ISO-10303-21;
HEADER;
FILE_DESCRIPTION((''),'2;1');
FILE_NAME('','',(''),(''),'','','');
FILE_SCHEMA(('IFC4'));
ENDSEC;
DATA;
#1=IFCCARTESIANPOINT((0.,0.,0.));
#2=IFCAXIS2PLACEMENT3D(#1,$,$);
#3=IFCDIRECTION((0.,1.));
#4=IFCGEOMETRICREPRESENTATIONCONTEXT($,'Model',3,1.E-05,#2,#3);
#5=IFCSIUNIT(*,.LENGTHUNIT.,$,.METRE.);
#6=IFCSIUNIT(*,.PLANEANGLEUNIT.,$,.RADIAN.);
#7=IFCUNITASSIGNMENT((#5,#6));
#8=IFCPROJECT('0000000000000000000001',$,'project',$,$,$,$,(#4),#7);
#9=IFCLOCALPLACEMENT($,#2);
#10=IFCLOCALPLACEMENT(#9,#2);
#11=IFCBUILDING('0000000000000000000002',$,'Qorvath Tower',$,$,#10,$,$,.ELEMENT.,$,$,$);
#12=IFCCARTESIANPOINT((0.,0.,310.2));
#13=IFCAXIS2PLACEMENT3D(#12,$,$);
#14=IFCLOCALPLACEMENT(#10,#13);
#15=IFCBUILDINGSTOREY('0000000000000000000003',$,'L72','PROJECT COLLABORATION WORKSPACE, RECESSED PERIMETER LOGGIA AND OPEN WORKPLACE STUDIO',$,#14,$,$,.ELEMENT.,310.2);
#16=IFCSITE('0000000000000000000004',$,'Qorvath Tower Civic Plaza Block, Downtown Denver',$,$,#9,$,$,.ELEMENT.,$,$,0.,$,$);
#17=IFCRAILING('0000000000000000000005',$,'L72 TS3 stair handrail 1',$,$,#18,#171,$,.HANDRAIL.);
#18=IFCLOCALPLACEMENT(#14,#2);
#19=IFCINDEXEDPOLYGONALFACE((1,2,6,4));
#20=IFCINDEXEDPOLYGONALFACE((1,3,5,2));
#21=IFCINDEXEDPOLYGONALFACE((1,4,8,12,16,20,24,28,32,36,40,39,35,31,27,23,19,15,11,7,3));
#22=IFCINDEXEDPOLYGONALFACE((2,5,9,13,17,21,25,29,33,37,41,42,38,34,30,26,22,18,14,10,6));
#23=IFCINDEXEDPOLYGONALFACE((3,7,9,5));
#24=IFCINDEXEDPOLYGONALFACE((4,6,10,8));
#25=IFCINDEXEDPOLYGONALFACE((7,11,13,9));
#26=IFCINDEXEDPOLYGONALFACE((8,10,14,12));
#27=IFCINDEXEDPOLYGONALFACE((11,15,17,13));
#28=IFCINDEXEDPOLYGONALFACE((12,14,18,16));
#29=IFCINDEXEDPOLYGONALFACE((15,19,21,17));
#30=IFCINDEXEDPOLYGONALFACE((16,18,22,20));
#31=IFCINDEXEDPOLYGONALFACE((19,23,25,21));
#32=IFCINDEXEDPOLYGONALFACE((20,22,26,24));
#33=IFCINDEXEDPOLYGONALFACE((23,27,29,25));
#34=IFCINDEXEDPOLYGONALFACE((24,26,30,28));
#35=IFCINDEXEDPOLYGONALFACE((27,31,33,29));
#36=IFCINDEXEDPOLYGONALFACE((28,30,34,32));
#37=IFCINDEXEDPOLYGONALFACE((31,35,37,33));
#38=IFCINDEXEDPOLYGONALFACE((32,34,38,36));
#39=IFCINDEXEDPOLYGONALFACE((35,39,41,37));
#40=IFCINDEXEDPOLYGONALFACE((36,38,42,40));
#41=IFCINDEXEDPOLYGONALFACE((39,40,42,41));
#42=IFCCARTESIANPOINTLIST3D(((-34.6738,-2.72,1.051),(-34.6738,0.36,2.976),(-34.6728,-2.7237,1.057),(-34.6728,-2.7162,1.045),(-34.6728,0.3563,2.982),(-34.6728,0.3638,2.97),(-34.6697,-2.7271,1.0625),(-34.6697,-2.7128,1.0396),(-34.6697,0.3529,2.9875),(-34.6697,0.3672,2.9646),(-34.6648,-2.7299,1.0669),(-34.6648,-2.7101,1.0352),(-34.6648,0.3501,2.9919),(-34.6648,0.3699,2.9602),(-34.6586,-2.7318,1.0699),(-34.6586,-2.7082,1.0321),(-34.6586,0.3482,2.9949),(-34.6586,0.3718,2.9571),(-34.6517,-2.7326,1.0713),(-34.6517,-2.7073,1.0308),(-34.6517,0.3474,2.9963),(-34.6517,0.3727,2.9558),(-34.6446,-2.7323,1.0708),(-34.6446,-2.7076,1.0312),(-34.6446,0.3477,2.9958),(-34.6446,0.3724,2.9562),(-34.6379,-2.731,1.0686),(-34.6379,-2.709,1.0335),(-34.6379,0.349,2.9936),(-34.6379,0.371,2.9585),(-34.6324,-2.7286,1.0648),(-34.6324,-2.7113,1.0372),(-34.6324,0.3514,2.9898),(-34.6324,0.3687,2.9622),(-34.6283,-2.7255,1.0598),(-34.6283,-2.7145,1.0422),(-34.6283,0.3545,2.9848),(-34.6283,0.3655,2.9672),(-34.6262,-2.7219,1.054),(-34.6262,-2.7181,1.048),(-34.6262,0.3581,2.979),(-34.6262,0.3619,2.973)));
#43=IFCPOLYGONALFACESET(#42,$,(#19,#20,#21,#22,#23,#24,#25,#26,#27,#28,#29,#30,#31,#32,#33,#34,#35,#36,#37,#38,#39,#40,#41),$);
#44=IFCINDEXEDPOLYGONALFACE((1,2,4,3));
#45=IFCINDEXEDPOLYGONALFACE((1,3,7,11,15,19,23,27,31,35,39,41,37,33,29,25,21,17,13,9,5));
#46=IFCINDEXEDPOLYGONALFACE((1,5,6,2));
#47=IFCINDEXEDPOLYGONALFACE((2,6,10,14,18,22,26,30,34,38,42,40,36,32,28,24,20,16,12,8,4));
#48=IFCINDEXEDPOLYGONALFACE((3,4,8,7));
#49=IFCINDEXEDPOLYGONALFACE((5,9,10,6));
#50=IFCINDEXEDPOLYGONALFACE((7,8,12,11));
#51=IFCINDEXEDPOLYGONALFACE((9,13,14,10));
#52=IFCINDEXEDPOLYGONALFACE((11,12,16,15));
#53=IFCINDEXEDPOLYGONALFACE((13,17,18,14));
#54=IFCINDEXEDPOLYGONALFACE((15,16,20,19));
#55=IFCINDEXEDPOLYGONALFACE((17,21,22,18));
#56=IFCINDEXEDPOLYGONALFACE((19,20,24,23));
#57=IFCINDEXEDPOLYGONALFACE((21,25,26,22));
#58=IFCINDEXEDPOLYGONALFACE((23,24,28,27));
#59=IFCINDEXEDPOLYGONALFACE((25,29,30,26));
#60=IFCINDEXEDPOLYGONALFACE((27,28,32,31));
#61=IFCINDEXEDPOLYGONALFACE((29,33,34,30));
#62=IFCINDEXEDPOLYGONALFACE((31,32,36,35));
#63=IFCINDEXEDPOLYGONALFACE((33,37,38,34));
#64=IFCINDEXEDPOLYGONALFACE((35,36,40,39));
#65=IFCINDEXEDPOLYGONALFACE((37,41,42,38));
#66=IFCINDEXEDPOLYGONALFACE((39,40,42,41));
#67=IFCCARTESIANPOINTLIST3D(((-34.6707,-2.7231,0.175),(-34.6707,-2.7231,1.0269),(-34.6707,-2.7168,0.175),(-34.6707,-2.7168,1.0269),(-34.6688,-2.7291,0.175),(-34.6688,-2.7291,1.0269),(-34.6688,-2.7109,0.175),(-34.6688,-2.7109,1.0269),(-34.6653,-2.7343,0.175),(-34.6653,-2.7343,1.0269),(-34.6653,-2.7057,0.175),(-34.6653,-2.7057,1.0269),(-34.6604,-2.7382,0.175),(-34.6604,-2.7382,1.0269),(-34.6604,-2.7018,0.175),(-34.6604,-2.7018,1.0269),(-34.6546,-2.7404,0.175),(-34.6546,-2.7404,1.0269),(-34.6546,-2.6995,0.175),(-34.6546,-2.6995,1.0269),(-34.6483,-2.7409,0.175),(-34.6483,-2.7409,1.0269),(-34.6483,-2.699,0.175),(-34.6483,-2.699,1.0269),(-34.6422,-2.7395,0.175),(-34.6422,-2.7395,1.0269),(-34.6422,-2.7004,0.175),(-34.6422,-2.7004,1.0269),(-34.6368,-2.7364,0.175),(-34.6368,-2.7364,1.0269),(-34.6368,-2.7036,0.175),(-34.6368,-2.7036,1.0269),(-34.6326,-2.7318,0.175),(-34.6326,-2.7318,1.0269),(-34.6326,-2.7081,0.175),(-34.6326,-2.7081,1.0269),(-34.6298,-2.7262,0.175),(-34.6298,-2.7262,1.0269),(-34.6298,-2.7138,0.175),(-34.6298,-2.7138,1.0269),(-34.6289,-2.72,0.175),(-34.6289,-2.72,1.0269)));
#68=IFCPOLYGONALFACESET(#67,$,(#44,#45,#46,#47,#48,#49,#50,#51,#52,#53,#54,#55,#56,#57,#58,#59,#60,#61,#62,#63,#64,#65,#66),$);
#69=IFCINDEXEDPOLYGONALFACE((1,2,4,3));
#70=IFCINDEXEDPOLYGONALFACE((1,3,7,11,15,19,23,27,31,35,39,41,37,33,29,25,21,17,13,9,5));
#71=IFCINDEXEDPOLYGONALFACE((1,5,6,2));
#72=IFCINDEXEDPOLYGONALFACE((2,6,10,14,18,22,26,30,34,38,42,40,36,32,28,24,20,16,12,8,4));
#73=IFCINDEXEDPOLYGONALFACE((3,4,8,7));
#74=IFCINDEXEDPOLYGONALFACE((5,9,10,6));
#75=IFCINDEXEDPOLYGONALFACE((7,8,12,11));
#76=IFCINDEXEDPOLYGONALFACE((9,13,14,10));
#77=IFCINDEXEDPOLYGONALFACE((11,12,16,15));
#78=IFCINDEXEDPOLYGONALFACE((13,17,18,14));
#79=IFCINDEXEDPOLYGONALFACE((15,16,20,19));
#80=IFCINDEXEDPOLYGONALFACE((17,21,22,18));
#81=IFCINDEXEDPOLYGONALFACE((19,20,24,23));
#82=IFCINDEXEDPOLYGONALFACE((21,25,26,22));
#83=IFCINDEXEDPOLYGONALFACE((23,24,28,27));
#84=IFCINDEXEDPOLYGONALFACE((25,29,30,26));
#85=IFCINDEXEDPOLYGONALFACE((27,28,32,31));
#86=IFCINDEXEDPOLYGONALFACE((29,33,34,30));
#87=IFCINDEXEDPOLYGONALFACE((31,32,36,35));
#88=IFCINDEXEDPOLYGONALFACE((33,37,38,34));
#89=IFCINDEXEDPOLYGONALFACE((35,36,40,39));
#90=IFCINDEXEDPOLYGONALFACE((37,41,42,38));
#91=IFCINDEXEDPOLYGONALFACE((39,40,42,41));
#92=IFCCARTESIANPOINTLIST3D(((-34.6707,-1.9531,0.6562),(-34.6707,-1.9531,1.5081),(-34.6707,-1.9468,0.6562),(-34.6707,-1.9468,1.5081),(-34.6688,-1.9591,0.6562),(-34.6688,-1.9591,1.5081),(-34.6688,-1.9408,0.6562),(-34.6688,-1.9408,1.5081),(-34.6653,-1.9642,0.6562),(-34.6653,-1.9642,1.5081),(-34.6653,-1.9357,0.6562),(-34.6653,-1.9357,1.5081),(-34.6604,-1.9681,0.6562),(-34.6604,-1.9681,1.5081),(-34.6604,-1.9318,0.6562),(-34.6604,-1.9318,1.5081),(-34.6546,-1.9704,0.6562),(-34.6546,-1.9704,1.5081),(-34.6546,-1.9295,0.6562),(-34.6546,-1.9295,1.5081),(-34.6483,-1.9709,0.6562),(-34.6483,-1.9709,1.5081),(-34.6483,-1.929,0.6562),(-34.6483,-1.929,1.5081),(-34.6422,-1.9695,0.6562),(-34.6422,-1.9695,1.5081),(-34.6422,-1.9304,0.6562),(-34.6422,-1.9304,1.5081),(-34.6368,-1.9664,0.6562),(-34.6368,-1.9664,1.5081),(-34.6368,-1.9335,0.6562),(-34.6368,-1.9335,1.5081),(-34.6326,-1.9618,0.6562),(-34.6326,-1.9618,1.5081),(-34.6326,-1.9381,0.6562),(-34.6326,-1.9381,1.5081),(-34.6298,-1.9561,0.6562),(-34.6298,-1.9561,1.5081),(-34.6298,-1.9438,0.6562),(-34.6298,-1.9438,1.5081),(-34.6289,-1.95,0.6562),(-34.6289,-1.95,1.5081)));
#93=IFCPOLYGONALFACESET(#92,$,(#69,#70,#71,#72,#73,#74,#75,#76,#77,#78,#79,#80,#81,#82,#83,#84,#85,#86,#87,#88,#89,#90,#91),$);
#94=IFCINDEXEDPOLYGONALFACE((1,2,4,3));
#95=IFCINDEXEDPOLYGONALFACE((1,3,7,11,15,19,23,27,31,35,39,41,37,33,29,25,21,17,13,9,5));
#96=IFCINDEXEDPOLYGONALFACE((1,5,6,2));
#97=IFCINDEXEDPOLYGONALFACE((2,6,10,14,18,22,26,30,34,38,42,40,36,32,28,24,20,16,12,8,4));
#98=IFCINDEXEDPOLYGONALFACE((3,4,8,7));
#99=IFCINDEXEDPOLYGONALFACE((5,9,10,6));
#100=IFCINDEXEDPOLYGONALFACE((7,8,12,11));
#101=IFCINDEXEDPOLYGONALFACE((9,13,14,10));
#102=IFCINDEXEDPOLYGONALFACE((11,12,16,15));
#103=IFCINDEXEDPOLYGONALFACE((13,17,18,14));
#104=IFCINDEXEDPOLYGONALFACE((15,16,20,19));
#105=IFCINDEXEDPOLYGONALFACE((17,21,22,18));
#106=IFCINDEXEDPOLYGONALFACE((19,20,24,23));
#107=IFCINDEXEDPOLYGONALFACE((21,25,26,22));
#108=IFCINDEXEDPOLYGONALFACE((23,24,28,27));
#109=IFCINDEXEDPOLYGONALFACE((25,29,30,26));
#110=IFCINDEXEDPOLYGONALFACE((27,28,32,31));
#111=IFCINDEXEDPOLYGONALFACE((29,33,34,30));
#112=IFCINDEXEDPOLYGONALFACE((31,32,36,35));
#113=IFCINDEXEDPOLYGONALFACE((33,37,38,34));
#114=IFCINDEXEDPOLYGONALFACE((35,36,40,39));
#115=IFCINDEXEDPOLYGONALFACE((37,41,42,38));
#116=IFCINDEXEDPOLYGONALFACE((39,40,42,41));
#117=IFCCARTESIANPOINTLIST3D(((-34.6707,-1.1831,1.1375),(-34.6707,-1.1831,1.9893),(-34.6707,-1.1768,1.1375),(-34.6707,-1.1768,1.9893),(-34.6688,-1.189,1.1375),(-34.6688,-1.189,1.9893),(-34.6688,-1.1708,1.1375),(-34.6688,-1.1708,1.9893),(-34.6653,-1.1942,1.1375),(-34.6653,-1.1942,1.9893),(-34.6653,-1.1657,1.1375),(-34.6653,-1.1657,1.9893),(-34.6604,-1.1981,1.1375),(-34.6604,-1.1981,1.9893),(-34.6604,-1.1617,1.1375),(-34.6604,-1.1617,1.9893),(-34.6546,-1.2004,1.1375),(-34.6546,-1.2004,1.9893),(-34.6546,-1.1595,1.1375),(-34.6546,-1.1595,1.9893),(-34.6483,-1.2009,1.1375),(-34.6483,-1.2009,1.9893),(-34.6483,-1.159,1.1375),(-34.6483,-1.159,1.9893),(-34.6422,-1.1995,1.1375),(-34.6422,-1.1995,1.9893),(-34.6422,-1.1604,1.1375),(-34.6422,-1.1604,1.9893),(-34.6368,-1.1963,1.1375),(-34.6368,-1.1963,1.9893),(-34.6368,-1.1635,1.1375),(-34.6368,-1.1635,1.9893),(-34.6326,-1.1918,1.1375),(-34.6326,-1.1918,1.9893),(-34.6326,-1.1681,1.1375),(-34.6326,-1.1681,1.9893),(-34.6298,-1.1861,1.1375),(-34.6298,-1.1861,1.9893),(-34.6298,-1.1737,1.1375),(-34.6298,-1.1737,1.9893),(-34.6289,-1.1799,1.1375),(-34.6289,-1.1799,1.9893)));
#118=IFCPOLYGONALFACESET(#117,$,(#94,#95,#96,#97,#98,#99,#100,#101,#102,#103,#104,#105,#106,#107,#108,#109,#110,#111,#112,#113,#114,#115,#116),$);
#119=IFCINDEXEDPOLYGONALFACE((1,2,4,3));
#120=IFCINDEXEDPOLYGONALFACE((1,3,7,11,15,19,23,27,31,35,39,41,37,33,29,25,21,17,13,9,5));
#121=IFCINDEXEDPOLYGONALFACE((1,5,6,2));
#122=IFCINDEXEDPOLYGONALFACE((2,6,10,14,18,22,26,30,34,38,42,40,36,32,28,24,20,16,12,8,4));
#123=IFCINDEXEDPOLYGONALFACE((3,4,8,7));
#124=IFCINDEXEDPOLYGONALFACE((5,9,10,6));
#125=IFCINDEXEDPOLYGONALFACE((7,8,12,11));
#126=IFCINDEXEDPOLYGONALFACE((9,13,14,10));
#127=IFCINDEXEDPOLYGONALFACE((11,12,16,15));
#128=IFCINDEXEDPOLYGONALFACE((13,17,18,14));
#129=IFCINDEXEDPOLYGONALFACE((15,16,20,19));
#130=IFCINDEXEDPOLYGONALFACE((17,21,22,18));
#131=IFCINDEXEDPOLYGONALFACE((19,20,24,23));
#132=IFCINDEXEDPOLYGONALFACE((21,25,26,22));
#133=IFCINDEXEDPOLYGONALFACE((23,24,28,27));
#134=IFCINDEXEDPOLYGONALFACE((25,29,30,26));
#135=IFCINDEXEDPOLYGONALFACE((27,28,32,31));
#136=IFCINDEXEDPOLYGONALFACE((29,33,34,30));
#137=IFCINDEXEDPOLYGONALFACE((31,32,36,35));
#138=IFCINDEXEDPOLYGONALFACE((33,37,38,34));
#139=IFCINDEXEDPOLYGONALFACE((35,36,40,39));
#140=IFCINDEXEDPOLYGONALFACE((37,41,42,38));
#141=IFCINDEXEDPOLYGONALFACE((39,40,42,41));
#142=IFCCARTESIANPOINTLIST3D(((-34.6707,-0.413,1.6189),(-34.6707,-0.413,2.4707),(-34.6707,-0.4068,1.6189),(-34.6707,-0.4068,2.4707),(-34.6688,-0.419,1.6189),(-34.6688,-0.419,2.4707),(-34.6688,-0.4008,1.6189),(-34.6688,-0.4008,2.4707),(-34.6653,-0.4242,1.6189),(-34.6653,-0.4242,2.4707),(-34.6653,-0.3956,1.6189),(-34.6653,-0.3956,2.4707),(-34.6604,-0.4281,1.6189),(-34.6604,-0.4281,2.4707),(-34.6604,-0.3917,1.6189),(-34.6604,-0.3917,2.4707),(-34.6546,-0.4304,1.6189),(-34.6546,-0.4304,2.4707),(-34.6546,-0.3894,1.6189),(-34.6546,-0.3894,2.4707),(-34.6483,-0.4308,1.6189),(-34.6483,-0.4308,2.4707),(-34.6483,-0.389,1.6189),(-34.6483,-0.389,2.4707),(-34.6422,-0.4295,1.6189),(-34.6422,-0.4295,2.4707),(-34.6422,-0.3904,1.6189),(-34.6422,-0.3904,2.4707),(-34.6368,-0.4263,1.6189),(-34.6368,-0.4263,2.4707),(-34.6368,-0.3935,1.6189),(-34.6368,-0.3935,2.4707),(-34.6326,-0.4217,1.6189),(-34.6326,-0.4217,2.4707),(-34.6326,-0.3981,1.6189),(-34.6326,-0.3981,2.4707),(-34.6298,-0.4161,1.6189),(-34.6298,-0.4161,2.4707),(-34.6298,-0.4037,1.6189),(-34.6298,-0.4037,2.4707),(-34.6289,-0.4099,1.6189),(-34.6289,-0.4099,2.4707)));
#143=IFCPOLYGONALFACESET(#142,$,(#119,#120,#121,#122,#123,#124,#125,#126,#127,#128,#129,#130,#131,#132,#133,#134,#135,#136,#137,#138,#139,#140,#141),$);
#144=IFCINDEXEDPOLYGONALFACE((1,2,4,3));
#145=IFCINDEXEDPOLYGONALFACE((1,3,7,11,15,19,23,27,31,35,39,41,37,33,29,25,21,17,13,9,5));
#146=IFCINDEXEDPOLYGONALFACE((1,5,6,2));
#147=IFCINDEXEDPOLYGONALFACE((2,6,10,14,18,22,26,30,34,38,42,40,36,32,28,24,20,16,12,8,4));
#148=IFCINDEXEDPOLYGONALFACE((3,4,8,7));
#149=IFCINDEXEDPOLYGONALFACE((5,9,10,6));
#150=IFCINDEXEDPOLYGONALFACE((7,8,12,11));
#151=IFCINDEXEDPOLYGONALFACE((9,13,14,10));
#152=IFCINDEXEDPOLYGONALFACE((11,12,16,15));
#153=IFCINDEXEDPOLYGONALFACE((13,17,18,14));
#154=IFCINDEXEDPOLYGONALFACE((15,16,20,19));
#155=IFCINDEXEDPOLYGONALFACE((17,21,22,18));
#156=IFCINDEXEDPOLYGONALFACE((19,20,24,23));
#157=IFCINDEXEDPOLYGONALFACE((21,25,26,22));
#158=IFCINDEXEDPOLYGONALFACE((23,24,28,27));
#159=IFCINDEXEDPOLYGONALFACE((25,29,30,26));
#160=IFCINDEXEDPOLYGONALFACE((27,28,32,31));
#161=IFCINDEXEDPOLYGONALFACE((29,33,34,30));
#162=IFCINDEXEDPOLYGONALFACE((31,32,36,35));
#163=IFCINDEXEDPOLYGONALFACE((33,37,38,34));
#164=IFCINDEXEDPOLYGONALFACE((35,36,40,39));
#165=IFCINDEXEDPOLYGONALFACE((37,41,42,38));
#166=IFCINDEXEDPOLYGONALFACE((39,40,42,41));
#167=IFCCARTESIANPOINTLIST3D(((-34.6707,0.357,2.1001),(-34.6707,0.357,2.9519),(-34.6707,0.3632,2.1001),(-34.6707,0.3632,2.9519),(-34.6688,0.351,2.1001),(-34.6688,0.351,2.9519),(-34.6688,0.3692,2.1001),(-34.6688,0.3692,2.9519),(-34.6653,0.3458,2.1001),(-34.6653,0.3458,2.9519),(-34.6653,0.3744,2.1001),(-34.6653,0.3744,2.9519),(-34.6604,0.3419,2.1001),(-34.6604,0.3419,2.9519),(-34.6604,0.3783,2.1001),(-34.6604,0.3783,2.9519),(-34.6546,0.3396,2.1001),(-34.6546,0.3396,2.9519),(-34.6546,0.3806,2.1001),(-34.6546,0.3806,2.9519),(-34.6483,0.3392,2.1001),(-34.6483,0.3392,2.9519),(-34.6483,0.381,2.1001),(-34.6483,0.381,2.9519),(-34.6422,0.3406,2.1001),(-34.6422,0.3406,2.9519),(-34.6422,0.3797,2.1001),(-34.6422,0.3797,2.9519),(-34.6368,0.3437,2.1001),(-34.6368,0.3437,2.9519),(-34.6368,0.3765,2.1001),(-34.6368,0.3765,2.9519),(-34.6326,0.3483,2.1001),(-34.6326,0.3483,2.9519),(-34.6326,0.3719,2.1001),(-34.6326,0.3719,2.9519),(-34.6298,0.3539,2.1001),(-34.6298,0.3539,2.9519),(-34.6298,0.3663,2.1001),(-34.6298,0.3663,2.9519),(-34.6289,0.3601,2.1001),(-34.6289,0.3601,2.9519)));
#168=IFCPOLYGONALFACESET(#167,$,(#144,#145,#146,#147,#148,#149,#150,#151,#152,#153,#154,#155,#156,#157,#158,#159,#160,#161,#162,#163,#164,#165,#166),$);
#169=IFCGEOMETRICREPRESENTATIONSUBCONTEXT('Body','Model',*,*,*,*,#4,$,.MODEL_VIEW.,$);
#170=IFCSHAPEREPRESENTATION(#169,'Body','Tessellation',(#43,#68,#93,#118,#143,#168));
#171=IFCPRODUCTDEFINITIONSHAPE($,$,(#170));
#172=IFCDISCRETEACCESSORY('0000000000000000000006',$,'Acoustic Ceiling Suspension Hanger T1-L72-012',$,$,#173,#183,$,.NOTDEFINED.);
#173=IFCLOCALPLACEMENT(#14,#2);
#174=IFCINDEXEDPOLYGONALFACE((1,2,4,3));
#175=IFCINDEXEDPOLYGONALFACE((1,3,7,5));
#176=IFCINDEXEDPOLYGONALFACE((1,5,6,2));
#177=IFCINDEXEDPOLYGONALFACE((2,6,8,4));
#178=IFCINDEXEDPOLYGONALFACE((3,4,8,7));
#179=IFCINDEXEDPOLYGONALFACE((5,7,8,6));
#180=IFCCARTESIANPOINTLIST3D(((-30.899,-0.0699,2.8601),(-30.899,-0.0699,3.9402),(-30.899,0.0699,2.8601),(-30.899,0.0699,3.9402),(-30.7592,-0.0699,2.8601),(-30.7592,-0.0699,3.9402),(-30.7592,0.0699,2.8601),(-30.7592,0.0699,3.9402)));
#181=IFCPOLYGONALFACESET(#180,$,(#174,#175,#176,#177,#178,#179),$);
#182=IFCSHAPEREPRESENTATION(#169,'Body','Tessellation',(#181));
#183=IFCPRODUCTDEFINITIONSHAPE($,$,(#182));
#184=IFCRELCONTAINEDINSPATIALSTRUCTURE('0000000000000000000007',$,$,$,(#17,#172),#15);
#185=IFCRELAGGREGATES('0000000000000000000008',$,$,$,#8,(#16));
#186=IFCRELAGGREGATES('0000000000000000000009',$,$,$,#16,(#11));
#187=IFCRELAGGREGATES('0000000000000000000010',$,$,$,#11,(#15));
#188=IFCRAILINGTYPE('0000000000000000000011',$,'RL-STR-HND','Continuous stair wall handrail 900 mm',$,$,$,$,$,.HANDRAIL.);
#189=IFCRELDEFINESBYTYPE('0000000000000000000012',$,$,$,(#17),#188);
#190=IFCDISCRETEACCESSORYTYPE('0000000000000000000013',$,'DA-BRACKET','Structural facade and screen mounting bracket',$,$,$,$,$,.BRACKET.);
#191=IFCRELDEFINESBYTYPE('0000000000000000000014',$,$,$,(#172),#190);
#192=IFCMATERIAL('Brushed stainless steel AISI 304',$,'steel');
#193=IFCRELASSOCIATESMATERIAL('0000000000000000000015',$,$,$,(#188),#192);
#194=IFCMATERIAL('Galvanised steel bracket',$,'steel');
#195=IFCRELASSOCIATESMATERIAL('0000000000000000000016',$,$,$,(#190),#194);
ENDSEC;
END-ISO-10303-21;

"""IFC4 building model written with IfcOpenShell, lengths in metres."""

from ifc_helpers import new_model, si_unit, direction, frame, origin, origin_2d, place, context, subcontext, project, spatial, rectangle, circle, extrude, material, type_object, element, save


model = new_model("IFC4")

# Units and contexts
model_context = context("Model", 3, precision=1e-05, world=origin(), true_north=direction((0.0, 1.0)))
body_context = subcontext(model_context, "Body", "Model", "MODEL_VIEW")
ifc_project = project(units=[si_unit("LENGTHUNIT", "METRE"), si_unit("PLANEANGLEUNIT", "RADIAN")], contexts=[model_context])

# Site, building, storey
site_placement = place(None, origin())
site = spatial("IfcSite", under=ifc_project, at=site_placement, Name="Qorvath Tower Civic Plaza Block, Downtown Denver", CompositionType="ELEMENT", RefElevation=0.0)
building_placement = place(site_placement, origin())
building = spatial("IfcBuilding", under=site, at=building_placement, Name="Qorvath Tower", CompositionType="ELEMENT")
storey_placement = place(building_placement, frame((0.0, 0.0, 310.2)))
storey = spatial("IfcBuildingStorey", under=building, at=storey_placement, Name="L72", Description="PROJECT COLLABORATION WORKSPACE, RECESSED PERIMETER LOGGIA AND OPEN WORKPLACE STUDIO", CompositionType="ELEMENT", Elevation=310.2)

# Railing
ifc_material_1 = material(Name="Brushed stainless steel AISI 304", Category="steel")
railing_type = type_object("IfcRailingType", Name="RL-STR-HND", Description="Continuous stair wall handrail 900 mm", PredefinedType="HANDRAIL", material=ifc_material_1)
railing_placement = place(storey_placement, frame((-34.6499, -2.72, 0.175)))
element("IfcRailing", 1, at=railing_placement, inside=storey, type_object=railing_type, Name="L72 TS3 stair handrail 1", PredefinedType="HANDRAIL", context=body_context, shape_type="SweptSolid", body=[
    extrude(circle(Radius=0.0239, at=origin_2d()), frame((0.0, 0.0, 0.876), z_axis=(0.0, 0.847998, 0.529999), x_axis=(-1.0, 0.0, 0.0)), (0.0, 0.0, 1.0), 3.6321),
    extrude(circle(Radius=0.021, at=origin_2d()), origin(), (0.0, 0.0, 1.0), 0.8518),
    extrude(circle(Radius=0.021, at=origin_2d()), frame((0.0, 0.77, 0.4812)), (0.0, 0.0, 1.0), 0.8518),
    extrude(circle(Radius=0.021, at=origin_2d()), frame((0.0, 1.54, 0.9624)), (0.0, 0.0, 1.0), 0.8518),
    extrude(circle(Radius=0.021, at=origin_2d()), frame((0.0, 2.3101, 1.4438)), (0.0, 0.0, 1.0), 0.8518),
    extrude(circle(Radius=0.021, at=origin_2d()), frame((0.0, 3.0801, 1.925)), (0.0, 0.0, 1.0), 0.8518),
])

# Discrete accessory
ifc_material_2 = material(Name="Galvanised steel bracket", Category="steel")
discrete_accessory_type = type_object("IfcDiscreteAccessoryType", Name="DA-BRACKET", Description="Structural facade and screen mounting bracket", PredefinedType="BRACKET", material=ifc_material_2)
discrete_accessory_placement = place(storey_placement, frame((-30.8291, 0.0, 2.8601), z_axis=(0.0, 0.0, 1.0), x_axis=(1.0, 0.0, 0.0)))
element("IfcDiscreteAccessory", 2, at=discrete_accessory_placement, inside=storey, type_object=discrete_accessory_type, Name="Acoustic Ceiling Suspension Hanger T1-L72-012", PredefinedType="NOTDEFINED", context=body_context, shape_type="SweptSolid", body=[
    extrude(rectangle(XDim=0.1399, YDim=0.1399, at=origin_2d()), origin(), (0.0, 0.0, 1.0), 1.0801),
])

save(model, "model.ifc")
